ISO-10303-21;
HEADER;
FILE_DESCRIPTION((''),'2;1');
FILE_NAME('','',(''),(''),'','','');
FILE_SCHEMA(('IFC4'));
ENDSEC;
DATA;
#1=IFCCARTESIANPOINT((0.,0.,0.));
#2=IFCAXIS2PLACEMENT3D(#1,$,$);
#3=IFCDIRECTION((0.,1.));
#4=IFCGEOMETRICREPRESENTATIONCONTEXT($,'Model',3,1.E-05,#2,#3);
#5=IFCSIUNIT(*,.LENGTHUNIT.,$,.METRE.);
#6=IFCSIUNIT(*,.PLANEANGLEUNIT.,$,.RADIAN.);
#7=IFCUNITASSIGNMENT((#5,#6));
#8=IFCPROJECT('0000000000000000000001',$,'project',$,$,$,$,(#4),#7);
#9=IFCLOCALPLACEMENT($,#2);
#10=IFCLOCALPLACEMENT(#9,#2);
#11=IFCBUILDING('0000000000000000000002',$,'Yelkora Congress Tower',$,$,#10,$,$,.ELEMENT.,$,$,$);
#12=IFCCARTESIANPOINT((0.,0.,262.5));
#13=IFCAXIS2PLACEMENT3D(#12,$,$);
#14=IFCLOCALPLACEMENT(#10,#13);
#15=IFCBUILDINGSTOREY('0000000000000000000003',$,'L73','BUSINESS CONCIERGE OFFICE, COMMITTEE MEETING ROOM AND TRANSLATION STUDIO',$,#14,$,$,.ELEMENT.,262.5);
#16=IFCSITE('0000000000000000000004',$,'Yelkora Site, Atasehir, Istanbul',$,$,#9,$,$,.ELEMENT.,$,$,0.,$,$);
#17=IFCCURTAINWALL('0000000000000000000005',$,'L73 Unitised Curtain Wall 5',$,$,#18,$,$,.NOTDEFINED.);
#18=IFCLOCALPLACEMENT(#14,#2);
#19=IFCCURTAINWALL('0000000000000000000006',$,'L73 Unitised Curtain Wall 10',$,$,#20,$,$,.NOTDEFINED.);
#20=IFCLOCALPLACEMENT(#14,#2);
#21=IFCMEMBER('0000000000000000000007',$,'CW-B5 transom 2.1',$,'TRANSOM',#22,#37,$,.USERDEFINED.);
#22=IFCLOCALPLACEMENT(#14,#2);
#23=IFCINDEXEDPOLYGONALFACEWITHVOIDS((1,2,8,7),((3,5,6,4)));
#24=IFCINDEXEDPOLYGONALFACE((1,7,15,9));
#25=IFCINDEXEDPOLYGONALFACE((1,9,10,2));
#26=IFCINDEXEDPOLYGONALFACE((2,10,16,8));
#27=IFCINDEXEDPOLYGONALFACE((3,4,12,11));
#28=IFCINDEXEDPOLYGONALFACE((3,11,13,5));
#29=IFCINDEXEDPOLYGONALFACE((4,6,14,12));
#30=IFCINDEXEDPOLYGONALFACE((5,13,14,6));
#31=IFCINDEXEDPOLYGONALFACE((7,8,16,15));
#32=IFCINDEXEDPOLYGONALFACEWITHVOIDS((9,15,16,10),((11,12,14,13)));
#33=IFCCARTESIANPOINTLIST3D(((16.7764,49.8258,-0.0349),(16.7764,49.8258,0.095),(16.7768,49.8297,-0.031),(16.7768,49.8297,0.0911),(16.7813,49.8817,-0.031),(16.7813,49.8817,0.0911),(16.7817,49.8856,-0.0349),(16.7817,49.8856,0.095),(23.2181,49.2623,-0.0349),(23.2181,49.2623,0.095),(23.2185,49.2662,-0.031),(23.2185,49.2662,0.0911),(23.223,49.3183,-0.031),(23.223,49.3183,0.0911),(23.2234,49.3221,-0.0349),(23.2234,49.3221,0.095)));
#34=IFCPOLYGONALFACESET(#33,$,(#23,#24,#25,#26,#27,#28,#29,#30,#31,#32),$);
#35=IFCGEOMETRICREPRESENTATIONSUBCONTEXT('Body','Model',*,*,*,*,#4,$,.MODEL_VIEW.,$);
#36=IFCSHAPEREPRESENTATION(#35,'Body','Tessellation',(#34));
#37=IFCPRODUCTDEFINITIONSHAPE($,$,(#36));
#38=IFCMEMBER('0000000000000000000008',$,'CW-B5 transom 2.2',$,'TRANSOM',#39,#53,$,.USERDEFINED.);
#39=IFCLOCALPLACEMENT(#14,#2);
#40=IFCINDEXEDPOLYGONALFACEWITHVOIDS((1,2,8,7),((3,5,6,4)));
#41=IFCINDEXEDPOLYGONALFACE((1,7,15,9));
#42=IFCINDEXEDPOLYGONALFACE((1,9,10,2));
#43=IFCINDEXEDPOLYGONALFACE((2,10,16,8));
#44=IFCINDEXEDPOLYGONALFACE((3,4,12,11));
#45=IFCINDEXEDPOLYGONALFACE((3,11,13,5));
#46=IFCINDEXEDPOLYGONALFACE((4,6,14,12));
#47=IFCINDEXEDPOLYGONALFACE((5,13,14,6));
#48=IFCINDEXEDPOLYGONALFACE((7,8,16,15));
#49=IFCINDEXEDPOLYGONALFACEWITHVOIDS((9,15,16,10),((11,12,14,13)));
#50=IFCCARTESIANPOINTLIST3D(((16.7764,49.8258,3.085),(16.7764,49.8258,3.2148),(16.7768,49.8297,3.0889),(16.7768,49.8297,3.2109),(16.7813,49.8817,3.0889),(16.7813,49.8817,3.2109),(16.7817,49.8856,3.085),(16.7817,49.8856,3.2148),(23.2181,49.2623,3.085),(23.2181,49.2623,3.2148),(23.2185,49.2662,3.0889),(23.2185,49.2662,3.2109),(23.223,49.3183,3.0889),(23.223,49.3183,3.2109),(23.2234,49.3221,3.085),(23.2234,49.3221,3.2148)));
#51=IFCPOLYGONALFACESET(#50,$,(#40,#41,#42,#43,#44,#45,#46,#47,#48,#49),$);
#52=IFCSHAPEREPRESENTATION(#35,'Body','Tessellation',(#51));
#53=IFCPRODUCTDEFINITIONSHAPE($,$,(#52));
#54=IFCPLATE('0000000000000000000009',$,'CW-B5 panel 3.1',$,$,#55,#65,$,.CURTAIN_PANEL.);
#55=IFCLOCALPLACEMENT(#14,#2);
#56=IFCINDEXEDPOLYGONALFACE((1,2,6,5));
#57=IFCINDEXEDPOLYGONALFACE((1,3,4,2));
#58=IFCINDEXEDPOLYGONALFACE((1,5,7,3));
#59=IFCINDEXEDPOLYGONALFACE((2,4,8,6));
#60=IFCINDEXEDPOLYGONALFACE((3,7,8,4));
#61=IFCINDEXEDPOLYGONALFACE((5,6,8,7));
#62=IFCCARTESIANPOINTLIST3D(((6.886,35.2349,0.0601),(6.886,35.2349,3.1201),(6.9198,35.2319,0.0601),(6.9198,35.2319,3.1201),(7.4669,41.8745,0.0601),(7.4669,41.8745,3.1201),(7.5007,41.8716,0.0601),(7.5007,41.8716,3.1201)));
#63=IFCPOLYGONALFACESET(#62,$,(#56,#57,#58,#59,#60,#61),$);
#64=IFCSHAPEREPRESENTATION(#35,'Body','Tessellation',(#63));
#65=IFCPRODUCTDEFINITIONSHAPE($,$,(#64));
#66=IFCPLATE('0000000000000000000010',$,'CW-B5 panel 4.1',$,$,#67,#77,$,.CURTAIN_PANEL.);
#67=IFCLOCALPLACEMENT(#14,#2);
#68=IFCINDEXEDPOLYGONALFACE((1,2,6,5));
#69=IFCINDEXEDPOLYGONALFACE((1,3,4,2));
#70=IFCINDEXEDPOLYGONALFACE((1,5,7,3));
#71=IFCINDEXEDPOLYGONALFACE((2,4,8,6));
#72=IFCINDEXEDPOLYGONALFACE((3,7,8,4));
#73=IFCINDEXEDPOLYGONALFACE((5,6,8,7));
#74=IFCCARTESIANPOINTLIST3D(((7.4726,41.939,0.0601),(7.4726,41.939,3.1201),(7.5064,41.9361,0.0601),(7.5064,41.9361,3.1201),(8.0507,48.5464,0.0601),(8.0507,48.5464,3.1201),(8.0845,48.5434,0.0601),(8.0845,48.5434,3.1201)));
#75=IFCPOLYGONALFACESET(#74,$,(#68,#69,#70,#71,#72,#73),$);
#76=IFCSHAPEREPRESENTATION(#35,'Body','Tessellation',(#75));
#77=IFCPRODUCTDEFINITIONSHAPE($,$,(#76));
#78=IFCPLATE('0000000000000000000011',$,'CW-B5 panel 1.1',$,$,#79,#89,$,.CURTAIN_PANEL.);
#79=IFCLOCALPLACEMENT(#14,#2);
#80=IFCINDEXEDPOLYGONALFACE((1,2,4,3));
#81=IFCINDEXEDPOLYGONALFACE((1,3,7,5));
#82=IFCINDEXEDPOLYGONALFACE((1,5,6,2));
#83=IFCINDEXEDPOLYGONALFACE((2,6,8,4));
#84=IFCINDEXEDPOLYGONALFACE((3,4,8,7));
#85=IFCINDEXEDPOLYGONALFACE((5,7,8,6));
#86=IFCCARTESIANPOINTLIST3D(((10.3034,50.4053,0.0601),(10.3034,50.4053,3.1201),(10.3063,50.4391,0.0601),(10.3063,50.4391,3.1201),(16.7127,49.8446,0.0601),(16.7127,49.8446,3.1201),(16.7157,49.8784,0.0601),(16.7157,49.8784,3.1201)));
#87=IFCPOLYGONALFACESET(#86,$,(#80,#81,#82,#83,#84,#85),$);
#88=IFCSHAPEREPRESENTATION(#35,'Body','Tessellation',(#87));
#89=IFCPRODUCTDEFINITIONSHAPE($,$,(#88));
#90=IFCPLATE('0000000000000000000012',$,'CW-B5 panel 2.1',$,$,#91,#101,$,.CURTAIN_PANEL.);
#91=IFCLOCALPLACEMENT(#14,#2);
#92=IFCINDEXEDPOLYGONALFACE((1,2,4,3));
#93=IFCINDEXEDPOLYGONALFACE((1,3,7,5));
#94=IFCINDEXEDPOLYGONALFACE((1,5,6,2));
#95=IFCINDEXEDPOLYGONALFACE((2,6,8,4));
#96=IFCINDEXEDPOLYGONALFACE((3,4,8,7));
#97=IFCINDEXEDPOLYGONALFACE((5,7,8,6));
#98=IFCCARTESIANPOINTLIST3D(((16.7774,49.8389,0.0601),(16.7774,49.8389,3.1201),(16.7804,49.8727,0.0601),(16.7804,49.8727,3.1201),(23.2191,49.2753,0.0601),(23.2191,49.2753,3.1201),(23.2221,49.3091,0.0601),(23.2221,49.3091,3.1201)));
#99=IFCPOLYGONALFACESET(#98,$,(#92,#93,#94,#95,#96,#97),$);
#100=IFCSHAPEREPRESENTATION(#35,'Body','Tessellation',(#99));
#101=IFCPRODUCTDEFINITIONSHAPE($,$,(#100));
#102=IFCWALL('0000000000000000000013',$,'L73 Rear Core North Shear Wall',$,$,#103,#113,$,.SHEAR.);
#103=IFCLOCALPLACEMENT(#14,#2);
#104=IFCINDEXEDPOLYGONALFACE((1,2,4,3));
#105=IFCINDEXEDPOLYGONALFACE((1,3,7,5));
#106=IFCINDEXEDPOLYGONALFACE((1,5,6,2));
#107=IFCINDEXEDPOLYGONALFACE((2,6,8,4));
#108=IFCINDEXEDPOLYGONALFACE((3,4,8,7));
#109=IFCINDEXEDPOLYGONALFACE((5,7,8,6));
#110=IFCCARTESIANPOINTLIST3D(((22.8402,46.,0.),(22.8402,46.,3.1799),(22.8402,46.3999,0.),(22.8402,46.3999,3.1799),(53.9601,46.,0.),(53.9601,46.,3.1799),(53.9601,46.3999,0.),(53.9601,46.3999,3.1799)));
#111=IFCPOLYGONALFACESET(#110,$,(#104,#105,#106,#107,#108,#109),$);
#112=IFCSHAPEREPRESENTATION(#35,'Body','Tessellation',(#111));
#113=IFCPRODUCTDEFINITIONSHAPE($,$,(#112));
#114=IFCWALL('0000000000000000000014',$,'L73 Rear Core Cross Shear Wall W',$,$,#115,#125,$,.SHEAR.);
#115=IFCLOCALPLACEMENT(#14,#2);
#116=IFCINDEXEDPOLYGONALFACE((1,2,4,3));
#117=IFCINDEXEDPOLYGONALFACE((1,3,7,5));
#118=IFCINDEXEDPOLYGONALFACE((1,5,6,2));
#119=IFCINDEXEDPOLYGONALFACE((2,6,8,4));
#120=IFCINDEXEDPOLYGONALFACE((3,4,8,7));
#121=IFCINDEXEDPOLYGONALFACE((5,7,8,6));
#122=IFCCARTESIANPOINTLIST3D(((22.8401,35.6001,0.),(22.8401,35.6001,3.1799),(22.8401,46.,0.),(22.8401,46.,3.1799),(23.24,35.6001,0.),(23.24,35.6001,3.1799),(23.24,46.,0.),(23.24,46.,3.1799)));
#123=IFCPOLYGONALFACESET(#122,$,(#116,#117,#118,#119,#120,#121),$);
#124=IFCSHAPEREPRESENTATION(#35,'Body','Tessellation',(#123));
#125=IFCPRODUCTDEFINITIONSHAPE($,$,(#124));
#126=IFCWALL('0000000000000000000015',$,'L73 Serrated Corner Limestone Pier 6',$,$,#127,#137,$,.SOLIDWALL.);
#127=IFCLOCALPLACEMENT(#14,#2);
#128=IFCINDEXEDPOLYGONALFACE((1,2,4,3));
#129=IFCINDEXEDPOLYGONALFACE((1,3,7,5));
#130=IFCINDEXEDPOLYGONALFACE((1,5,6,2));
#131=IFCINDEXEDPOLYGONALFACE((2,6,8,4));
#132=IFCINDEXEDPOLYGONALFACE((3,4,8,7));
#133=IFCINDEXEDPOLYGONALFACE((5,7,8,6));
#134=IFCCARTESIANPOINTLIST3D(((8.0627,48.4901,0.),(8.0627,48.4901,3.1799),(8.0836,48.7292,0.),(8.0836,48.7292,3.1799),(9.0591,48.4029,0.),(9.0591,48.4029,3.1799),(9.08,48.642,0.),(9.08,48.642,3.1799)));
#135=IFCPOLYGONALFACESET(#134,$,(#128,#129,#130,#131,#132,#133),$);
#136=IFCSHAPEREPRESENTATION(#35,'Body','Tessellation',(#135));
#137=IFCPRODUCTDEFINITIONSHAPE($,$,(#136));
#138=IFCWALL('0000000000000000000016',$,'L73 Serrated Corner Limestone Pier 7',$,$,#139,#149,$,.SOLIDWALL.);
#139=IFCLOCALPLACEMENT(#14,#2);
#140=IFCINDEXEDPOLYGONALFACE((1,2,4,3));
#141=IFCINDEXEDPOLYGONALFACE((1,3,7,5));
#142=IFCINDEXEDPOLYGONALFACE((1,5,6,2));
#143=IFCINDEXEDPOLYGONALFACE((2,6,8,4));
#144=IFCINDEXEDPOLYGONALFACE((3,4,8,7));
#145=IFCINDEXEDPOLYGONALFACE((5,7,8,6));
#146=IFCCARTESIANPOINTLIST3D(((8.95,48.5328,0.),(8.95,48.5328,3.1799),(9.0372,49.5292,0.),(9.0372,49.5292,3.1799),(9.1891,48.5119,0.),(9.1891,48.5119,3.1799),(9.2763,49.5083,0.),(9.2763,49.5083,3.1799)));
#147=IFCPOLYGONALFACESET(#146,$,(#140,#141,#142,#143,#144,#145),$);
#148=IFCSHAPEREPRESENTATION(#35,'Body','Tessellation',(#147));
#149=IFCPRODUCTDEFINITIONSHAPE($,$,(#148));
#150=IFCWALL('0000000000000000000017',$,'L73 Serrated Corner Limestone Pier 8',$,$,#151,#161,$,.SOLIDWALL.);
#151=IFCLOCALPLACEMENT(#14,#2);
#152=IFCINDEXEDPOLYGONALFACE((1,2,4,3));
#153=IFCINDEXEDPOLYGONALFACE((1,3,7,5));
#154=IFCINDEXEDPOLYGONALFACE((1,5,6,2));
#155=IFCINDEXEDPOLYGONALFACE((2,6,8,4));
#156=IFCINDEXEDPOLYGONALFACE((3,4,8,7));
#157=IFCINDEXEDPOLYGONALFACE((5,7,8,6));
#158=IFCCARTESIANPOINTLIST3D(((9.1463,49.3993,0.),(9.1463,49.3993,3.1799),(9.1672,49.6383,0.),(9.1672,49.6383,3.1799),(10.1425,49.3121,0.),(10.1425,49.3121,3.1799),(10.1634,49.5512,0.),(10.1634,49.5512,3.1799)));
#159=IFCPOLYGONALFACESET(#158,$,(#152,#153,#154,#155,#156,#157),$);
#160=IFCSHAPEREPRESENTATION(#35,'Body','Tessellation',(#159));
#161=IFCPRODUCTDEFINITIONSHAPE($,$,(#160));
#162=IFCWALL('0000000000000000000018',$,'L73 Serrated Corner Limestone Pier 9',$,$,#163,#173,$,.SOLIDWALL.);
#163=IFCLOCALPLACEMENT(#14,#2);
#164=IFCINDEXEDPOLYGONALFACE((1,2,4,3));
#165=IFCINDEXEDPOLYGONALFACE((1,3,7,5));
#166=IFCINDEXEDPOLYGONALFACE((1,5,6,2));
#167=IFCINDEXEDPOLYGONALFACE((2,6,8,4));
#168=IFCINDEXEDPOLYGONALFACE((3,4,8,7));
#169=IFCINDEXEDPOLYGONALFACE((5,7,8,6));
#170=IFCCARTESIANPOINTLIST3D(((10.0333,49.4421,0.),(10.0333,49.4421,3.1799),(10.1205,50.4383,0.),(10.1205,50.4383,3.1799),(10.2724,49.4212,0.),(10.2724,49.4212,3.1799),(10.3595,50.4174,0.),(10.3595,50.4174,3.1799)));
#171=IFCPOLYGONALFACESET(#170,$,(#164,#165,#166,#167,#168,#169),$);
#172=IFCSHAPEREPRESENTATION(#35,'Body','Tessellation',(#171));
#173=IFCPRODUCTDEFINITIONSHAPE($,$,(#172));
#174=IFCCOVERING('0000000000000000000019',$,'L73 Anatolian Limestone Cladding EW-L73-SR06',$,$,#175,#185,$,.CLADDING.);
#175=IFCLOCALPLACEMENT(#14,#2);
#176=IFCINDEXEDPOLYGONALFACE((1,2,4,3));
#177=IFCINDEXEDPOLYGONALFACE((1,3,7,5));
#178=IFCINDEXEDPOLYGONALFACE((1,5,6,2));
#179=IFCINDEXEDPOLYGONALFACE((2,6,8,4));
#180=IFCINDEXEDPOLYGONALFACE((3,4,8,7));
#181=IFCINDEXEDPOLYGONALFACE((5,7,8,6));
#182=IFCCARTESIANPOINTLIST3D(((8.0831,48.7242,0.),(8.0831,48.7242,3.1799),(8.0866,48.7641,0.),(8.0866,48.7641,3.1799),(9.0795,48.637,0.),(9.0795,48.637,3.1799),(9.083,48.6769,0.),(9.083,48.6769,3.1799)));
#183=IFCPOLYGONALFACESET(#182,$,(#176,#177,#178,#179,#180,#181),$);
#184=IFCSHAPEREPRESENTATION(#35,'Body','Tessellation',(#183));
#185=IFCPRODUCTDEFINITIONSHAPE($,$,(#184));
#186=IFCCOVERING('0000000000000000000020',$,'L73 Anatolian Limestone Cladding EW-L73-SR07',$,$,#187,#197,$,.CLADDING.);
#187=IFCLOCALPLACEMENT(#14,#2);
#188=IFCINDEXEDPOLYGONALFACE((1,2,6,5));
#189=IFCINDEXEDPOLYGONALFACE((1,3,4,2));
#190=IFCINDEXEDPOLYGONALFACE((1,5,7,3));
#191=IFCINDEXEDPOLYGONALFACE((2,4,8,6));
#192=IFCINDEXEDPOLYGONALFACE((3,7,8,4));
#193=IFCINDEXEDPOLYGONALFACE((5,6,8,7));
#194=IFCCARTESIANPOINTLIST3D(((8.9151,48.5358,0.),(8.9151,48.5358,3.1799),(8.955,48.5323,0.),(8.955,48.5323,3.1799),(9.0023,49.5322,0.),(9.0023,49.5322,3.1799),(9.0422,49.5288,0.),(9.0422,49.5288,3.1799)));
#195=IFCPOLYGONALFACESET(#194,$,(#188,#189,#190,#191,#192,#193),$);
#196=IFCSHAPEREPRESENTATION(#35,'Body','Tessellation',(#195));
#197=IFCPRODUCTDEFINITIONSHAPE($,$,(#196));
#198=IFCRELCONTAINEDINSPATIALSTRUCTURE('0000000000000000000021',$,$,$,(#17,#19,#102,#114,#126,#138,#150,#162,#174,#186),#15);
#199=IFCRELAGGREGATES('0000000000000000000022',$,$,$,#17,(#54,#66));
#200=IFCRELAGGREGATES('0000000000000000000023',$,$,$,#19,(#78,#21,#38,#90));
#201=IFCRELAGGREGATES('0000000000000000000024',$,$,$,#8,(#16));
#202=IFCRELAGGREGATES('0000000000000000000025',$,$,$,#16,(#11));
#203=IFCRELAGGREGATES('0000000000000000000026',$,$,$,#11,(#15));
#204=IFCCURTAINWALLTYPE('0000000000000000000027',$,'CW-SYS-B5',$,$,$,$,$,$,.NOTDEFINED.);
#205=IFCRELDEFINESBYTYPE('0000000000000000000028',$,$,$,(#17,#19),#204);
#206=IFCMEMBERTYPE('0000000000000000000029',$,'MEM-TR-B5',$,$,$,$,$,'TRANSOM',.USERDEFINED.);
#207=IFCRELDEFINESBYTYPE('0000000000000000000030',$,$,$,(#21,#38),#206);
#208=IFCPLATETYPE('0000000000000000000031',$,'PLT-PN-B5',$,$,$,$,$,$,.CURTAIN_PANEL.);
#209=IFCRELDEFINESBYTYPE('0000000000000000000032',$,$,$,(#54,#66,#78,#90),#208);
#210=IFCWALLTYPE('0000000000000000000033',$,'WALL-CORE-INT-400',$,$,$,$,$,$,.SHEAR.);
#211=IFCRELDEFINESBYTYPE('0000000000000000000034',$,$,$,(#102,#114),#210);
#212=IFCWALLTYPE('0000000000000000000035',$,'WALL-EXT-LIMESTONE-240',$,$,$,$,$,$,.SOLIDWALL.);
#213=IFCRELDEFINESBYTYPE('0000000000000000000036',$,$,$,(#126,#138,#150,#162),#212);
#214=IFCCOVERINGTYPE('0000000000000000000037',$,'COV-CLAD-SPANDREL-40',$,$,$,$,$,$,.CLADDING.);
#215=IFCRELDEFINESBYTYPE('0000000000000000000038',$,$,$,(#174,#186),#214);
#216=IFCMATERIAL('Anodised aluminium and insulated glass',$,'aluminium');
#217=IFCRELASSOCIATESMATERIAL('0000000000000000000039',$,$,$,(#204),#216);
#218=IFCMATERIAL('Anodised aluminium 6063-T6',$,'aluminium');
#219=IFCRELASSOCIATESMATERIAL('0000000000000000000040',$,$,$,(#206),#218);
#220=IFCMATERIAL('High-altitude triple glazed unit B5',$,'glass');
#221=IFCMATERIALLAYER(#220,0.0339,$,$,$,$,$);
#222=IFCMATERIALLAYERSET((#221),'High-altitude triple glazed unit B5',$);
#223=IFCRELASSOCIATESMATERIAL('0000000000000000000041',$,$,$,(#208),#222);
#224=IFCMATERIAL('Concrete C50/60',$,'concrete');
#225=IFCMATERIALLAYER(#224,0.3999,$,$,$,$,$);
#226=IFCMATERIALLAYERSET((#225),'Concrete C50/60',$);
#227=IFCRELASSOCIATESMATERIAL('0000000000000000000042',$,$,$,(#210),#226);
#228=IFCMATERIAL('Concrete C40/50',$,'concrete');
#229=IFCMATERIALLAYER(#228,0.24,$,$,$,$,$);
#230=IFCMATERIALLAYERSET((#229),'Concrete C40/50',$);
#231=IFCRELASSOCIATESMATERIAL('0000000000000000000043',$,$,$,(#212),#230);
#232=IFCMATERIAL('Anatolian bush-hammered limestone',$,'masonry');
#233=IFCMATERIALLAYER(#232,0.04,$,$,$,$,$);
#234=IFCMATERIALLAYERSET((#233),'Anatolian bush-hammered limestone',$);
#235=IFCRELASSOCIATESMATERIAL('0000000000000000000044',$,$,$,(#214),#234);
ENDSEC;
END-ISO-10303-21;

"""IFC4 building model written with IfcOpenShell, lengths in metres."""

from ifc_helpers import new_model, si_unit, direction, frame, frame_2d, origin, origin_2d, place, context, subcontext, project, spatial, rectangle, hollow_rectangle, extrude, material, layer, layer_set, material_profile, profile_set, type_object, element, aggregate, save


model = new_model("IFC4")

# Units and contexts
model_context = context("Model", 3, precision=1e-05, world=origin(), true_north=direction((0.0, 1.0)))
body_context = subcontext(model_context, "Body", "Model", "MODEL_VIEW")
ifc_project = project(units=[si_unit("LENGTHUNIT", "METRE"), si_unit("PLANEANGLEUNIT", "RADIAN")], contexts=[model_context])

# Site, building, storey
site_placement = place(None, origin())
site = spatial("IfcSite", under=ifc_project, at=site_placement, Name="Yelkora Site, Atasehir, Istanbul", CompositionType="ELEMENT", RefElevation=0.0)
building_placement = place(site_placement, origin())
building = spatial("IfcBuilding", under=site, at=building_placement, Name="Yelkora Congress Tower", CompositionType="ELEMENT")
storey_placement = place(building_placement, frame((0.0, 0.0, 262.5)))
storey = spatial("IfcBuildingStorey", under=building, at=storey_placement, Name="L73", Description="BUSINESS CONCIERGE OFFICE, COMMITTEE MEETING ROOM AND TRANSLATION STUDIO", CompositionType="ELEMENT", Elevation=262.5)

# Curtain walls
ifc_material_1 = material(Name="Anodised aluminium and insulated glass", Category="aluminium")
curtain_wall_type = type_object("IfcCurtainWallType", Name="CW-SYS-B5", PredefinedType="NOTDEFINED", material=ifc_material_1)
curtain_wall_1_placement = place(storey_placement, origin())
curtain_wall_1 = element("IfcCurtainWall", 1, at=curtain_wall_1_placement, inside=storey, type_object=curtain_wall_type, Name="L73 Unitised Curtain Wall 5", PredefinedType="NOTDEFINED")
ifc_material_2 = material(Name="Anodised aluminium 6063-T6", Category="aluminium")
curtain_wall_2_placement = place(storey_placement, origin())
curtain_wall_2 = element("IfcCurtainWall", 2, at=curtain_wall_2_placement, inside=storey, type_object=curtain_wall_type, Name="L73 Unitised Curtain Wall 10", PredefinedType="NOTDEFINED")

# Members
ifc_material_profile_1 = material_profile(ifc_material_2, hollow_rectangle(XDim=0.0601, YDim=0.1299, WallThickness=0.0039, at=origin_2d()), Name="ALU 60x130x4")
ifc_profile_set_1 = profile_set([ifc_material_profile_1], Name="Anodised aluminium 6063-T6")
member_type_1 = type_object("IfcMemberType", Name="MEM-TR-B5", ElementType="TRANSOM", PredefinedType="USERDEFINED", material=ifc_profile_set_1)
member_1_placement = place(storey_placement, frame((16.7791, 49.8557, 0.03), z_axis=(0.996196, -0.087141, 0.0), x_axis=(0.087141, 0.996196, 0.0)))
member_1 = element("IfcMember", 3, at=member_1_placement, type_object=member_type_1, Name="CW-B5 transom 2.1", ObjectType="TRANSOM", PredefinedType="USERDEFINED", context=body_context, shape_type="SweptSolid", body=[
    extrude(hollow_rectangle(XDim=0.0601, YDim=0.1299, WallThickness=0.0039, at=origin_2d()), origin(), (0.0, 0.0, 1.0), 6.4663),
])
member_2_placement = place(storey_placement, frame((16.7791, 49.8557, 3.1499), z_axis=(0.996196, -0.087141, 0.0), x_axis=(0.087141, 0.996196, 0.0)))
member_2 = element("IfcMember", 4, at=member_2_placement, type_object=member_type_1, Name="CW-B5 transom 2.2", ObjectType="TRANSOM", PredefinedType="USERDEFINED", context=body_context, shape_type="SweptSolid", body=[
    extrude(hollow_rectangle(XDim=0.0601, YDim=0.1299, WallThickness=0.0039, at=origin_2d()), origin(), (0.0, 0.0, 1.0), 6.4663),
])

# Plates
ifc_material_3 = material(Name="High-altitude triple glazed unit B5", Category="glass")
ifc_layer_1 = layer(ifc_material_3, 0.0339)
ifc_layer_set_1 = layer_set([ifc_layer_1], Name="High-altitude triple glazed unit B5")
plate_type = type_object("IfcPlateType", Name="PLT-PN-B5", PredefinedType="CURTAIN_PANEL", material=ifc_layer_set_1)
plate_1_placement = place(storey_placement, frame((7.1934, 38.5532, 0.0601), z_axis=(0.0, 0.0, 1.0), x_axis=(0.087155, 0.996195, 0.0)))
plate_1 = element("IfcPlate", 5, at=plate_1_placement, type_object=plate_type, Name="CW-B5 panel 3.1", PredefinedType="CURTAIN_PANEL", context=body_context, shape_type="SweptSolid", body=[
    extrude(rectangle(XDim=6.665, YDim=0.0339, at=origin_2d()), origin(), (0.0, 0.0, 1.0), 3.0601),
])
plate_2_placement = place(storey_placement, frame((7.7786, 45.2412, 0.0601), z_axis=(0.0, 0.0, 1.0), x_axis=(0.087155, 0.996195, 0.0)))
plate_2 = element("IfcPlate", 6, at=plate_2_placement, type_object=plate_type, Name="CW-B5 panel 4.1", PredefinedType="CURTAIN_PANEL", context=body_context, shape_type="SweptSolid", body=[
    extrude(rectangle(XDim=6.6326, YDim=0.0339, at=origin_2d()), origin(), (0.0, 0.0, 1.0), 3.0601),
])
aggregate(curtain_wall_1, [plate_1, plate_2])
plate_3_placement = place(storey_placement, frame((13.5095, 50.1418, 0.0601), z_axis=(0.0, 0.0, 1.0), x_axis=(0.996195, -0.087157, 0.0)))
plate_3 = element("IfcPlate", 7, at=plate_3_placement, type_object=plate_type, Name="CW-B5 panel 1.1", PredefinedType="CURTAIN_PANEL", context=body_context, shape_type="SweptSolid", body=[
    extrude(rectangle(XDim=6.4338, YDim=0.0339, at=origin_2d()), origin(), (0.0, 0.0, 1.0), 3.0601),
])
plate_4_placement = place(storey_placement, frame((19.9998, 49.574, 0.0601), z_axis=(0.0, 0.0, 1.0), x_axis=(0.996195, -0.087157, 0.0)))
plate_4 = element("IfcPlate", 8, at=plate_4_placement, type_object=plate_type, Name="CW-B5 panel 2.1", PredefinedType="CURTAIN_PANEL", context=body_context, shape_type="SweptSolid", body=[
    extrude(rectangle(XDim=6.4663, YDim=0.0339, at=origin_2d()), origin(), (0.0, 0.0, 1.0), 3.0601),
])
aggregate(curtain_wall_2, [plate_3, member_1, member_2, plate_4])

# Walls
ifc_material_4 = material(Name="Concrete C50/60", Category="concrete")
ifc_layer_2 = layer(ifc_material_4, 0.3999)
ifc_layer_set_2 = layer_set([ifc_layer_2], Name="Concrete C50/60")
wall_type_1 = type_object("IfcWallType", Name="WALL-CORE-INT-400", PredefinedType="SHEAR", material=ifc_layer_set_2)
wall_1_placement = place(storey_placement, frame((22.8401, 46.2, 0.0), z_axis=(0.0, 0.0, 1.0), x_axis=(1.0, 0.0, 0.0)))
element("IfcWall", 9, at=wall_1_placement, inside=storey, type_object=wall_type_1, Name="L73 Rear Core North Shear Wall", PredefinedType="SHEAR", context=body_context, shape_type="SweptSolid", body=[
    extrude(rectangle(XDim=31.1199, YDim=0.3999, at=frame_2d((15.5601, 0.0))), origin(), (0.0, 0.0, 1.0), 3.1799),
])
wall_2_placement = place(storey_placement, frame((23.04, 35.6001, 0.0), z_axis=(0.0, 0.0, 1.0), x_axis=(0.0, 1.0, 0.0)))
element("IfcWall", 10, at=wall_2_placement, inside=storey, type_object=wall_type_1, Name="L73 Rear Core Cross Shear Wall W", PredefinedType="SHEAR", context=body_context, shape_type="SweptSolid", body=[
    extrude(rectangle(XDim=10.3999, YDim=0.3999, at=frame_2d((5.2, 0.0))), origin(), (0.0, 0.0, 1.0), 3.1799),
])
ifc_material_5 = material(Name="Concrete C40/50", Category="concrete")
ifc_layer_3 = layer(ifc_material_5, 0.24)
ifc_layer_set_3 = layer_set([ifc_layer_3], Name="Concrete C40/50")
wall_type_2 = type_object("IfcWallType", Name="WALL-EXT-LIMESTONE-240", PredefinedType="SOLIDWALL", material=ifc_layer_set_3)
for number, where, z_axis, x_axis, name in (
    (11, (8.0732, 48.6096, 0.0), (0.0, 0.0, 1.0), (0.996196, -0.087146, 0.0), "L73 Serrated Corner Limestone Pier 6"),
    (12, (9.0696, 48.5225, 0.0), (0.0, 0.0, 1.0), (0.087146, 0.996196, 0.0), "L73 Serrated Corner Limestone Pier 7"),
):
    element("IfcWall", number, at=place(storey_placement, frame(where, z_axis=z_axis, x_axis=x_axis)), inside=storey, type_object=wall_type_2, Name=name, PredefinedType="SOLIDWALL", context=body_context, shape_type="SweptSolid", body=[
        extrude(rectangle(XDim=1.0002, YDim=0.24, at=frame_2d((0.5, 0.0))), origin(), (0.0, 0.0, 1.0), 3.1799),
    ])
for number, where, z_axis, x_axis, name in (
    (13, (9.1567, 49.5188, 0.0), (0.0, 0.0, 1.0), (0.996194, -0.087167, 0.0), "L73 Serrated Corner Limestone Pier 8"),
    (14, (10.1528, 49.4316, 0.0), (0.0, 0.0, 1.0), (0.087167, 0.996194, 0.0), "L73 Serrated Corner Limestone Pier 9"),
):
    element("IfcWall", number, at=place(storey_placement, frame(where, z_axis=z_axis, x_axis=x_axis)), inside=storey, type_object=wall_type_2, Name=name, PredefinedType="SOLIDWALL", context=body_context, shape_type="SweptSolid", body=[
        extrude(rectangle(XDim=1.0, YDim=0.24, at=frame_2d((0.5, 0.0))), origin(), (0.0, 0.0, 1.0), 3.1799),
    ])

# Coverings
ifc_material_6 = material(Name="Anatolian bush-hammered limestone", Category="masonry")
ifc_layer_4 = layer(ifc_material_6, 0.04)
ifc_layer_set_4 = layer_set([ifc_layer_4], Name="Anatolian bush-hammered limestone")
covering_type = type_object("IfcCoveringType", Name="COV-CLAD-SPANDREL-40", PredefinedType="CLADDING", material=ifc_layer_set_4)
for number, where, z_axis, x_axis, name in (
    (15, (8.085, 48.7441, 0.0), (0.0, 0.0, 1.0), (0.996196, -0.087146, 0.0), "L73 Anatolian Limestone Cladding EW-L73-SR06"),
    (16, (8.9351, 48.5342, 0.0), (0.0, 0.0, 1.0), (0.087146, 0.996196, 0.0), "L73 Anatolian Limestone Cladding EW-L73-SR07"),
):
    element("IfcCovering", number, at=place(storey_placement, frame(where, z_axis=z_axis, x_axis=x_axis)), inside=storey, type_object=covering_type, Name=name, PredefinedType="CLADDING", context=body_context, shape_type="SweptSolid", body=[
        extrude(rectangle(XDim=1.0002, YDim=0.04, at=frame_2d((0.5, 0.0))), origin(), (0.0, 0.0, 1.0), 3.1799),
    ])

save(model, "model.ifc")
